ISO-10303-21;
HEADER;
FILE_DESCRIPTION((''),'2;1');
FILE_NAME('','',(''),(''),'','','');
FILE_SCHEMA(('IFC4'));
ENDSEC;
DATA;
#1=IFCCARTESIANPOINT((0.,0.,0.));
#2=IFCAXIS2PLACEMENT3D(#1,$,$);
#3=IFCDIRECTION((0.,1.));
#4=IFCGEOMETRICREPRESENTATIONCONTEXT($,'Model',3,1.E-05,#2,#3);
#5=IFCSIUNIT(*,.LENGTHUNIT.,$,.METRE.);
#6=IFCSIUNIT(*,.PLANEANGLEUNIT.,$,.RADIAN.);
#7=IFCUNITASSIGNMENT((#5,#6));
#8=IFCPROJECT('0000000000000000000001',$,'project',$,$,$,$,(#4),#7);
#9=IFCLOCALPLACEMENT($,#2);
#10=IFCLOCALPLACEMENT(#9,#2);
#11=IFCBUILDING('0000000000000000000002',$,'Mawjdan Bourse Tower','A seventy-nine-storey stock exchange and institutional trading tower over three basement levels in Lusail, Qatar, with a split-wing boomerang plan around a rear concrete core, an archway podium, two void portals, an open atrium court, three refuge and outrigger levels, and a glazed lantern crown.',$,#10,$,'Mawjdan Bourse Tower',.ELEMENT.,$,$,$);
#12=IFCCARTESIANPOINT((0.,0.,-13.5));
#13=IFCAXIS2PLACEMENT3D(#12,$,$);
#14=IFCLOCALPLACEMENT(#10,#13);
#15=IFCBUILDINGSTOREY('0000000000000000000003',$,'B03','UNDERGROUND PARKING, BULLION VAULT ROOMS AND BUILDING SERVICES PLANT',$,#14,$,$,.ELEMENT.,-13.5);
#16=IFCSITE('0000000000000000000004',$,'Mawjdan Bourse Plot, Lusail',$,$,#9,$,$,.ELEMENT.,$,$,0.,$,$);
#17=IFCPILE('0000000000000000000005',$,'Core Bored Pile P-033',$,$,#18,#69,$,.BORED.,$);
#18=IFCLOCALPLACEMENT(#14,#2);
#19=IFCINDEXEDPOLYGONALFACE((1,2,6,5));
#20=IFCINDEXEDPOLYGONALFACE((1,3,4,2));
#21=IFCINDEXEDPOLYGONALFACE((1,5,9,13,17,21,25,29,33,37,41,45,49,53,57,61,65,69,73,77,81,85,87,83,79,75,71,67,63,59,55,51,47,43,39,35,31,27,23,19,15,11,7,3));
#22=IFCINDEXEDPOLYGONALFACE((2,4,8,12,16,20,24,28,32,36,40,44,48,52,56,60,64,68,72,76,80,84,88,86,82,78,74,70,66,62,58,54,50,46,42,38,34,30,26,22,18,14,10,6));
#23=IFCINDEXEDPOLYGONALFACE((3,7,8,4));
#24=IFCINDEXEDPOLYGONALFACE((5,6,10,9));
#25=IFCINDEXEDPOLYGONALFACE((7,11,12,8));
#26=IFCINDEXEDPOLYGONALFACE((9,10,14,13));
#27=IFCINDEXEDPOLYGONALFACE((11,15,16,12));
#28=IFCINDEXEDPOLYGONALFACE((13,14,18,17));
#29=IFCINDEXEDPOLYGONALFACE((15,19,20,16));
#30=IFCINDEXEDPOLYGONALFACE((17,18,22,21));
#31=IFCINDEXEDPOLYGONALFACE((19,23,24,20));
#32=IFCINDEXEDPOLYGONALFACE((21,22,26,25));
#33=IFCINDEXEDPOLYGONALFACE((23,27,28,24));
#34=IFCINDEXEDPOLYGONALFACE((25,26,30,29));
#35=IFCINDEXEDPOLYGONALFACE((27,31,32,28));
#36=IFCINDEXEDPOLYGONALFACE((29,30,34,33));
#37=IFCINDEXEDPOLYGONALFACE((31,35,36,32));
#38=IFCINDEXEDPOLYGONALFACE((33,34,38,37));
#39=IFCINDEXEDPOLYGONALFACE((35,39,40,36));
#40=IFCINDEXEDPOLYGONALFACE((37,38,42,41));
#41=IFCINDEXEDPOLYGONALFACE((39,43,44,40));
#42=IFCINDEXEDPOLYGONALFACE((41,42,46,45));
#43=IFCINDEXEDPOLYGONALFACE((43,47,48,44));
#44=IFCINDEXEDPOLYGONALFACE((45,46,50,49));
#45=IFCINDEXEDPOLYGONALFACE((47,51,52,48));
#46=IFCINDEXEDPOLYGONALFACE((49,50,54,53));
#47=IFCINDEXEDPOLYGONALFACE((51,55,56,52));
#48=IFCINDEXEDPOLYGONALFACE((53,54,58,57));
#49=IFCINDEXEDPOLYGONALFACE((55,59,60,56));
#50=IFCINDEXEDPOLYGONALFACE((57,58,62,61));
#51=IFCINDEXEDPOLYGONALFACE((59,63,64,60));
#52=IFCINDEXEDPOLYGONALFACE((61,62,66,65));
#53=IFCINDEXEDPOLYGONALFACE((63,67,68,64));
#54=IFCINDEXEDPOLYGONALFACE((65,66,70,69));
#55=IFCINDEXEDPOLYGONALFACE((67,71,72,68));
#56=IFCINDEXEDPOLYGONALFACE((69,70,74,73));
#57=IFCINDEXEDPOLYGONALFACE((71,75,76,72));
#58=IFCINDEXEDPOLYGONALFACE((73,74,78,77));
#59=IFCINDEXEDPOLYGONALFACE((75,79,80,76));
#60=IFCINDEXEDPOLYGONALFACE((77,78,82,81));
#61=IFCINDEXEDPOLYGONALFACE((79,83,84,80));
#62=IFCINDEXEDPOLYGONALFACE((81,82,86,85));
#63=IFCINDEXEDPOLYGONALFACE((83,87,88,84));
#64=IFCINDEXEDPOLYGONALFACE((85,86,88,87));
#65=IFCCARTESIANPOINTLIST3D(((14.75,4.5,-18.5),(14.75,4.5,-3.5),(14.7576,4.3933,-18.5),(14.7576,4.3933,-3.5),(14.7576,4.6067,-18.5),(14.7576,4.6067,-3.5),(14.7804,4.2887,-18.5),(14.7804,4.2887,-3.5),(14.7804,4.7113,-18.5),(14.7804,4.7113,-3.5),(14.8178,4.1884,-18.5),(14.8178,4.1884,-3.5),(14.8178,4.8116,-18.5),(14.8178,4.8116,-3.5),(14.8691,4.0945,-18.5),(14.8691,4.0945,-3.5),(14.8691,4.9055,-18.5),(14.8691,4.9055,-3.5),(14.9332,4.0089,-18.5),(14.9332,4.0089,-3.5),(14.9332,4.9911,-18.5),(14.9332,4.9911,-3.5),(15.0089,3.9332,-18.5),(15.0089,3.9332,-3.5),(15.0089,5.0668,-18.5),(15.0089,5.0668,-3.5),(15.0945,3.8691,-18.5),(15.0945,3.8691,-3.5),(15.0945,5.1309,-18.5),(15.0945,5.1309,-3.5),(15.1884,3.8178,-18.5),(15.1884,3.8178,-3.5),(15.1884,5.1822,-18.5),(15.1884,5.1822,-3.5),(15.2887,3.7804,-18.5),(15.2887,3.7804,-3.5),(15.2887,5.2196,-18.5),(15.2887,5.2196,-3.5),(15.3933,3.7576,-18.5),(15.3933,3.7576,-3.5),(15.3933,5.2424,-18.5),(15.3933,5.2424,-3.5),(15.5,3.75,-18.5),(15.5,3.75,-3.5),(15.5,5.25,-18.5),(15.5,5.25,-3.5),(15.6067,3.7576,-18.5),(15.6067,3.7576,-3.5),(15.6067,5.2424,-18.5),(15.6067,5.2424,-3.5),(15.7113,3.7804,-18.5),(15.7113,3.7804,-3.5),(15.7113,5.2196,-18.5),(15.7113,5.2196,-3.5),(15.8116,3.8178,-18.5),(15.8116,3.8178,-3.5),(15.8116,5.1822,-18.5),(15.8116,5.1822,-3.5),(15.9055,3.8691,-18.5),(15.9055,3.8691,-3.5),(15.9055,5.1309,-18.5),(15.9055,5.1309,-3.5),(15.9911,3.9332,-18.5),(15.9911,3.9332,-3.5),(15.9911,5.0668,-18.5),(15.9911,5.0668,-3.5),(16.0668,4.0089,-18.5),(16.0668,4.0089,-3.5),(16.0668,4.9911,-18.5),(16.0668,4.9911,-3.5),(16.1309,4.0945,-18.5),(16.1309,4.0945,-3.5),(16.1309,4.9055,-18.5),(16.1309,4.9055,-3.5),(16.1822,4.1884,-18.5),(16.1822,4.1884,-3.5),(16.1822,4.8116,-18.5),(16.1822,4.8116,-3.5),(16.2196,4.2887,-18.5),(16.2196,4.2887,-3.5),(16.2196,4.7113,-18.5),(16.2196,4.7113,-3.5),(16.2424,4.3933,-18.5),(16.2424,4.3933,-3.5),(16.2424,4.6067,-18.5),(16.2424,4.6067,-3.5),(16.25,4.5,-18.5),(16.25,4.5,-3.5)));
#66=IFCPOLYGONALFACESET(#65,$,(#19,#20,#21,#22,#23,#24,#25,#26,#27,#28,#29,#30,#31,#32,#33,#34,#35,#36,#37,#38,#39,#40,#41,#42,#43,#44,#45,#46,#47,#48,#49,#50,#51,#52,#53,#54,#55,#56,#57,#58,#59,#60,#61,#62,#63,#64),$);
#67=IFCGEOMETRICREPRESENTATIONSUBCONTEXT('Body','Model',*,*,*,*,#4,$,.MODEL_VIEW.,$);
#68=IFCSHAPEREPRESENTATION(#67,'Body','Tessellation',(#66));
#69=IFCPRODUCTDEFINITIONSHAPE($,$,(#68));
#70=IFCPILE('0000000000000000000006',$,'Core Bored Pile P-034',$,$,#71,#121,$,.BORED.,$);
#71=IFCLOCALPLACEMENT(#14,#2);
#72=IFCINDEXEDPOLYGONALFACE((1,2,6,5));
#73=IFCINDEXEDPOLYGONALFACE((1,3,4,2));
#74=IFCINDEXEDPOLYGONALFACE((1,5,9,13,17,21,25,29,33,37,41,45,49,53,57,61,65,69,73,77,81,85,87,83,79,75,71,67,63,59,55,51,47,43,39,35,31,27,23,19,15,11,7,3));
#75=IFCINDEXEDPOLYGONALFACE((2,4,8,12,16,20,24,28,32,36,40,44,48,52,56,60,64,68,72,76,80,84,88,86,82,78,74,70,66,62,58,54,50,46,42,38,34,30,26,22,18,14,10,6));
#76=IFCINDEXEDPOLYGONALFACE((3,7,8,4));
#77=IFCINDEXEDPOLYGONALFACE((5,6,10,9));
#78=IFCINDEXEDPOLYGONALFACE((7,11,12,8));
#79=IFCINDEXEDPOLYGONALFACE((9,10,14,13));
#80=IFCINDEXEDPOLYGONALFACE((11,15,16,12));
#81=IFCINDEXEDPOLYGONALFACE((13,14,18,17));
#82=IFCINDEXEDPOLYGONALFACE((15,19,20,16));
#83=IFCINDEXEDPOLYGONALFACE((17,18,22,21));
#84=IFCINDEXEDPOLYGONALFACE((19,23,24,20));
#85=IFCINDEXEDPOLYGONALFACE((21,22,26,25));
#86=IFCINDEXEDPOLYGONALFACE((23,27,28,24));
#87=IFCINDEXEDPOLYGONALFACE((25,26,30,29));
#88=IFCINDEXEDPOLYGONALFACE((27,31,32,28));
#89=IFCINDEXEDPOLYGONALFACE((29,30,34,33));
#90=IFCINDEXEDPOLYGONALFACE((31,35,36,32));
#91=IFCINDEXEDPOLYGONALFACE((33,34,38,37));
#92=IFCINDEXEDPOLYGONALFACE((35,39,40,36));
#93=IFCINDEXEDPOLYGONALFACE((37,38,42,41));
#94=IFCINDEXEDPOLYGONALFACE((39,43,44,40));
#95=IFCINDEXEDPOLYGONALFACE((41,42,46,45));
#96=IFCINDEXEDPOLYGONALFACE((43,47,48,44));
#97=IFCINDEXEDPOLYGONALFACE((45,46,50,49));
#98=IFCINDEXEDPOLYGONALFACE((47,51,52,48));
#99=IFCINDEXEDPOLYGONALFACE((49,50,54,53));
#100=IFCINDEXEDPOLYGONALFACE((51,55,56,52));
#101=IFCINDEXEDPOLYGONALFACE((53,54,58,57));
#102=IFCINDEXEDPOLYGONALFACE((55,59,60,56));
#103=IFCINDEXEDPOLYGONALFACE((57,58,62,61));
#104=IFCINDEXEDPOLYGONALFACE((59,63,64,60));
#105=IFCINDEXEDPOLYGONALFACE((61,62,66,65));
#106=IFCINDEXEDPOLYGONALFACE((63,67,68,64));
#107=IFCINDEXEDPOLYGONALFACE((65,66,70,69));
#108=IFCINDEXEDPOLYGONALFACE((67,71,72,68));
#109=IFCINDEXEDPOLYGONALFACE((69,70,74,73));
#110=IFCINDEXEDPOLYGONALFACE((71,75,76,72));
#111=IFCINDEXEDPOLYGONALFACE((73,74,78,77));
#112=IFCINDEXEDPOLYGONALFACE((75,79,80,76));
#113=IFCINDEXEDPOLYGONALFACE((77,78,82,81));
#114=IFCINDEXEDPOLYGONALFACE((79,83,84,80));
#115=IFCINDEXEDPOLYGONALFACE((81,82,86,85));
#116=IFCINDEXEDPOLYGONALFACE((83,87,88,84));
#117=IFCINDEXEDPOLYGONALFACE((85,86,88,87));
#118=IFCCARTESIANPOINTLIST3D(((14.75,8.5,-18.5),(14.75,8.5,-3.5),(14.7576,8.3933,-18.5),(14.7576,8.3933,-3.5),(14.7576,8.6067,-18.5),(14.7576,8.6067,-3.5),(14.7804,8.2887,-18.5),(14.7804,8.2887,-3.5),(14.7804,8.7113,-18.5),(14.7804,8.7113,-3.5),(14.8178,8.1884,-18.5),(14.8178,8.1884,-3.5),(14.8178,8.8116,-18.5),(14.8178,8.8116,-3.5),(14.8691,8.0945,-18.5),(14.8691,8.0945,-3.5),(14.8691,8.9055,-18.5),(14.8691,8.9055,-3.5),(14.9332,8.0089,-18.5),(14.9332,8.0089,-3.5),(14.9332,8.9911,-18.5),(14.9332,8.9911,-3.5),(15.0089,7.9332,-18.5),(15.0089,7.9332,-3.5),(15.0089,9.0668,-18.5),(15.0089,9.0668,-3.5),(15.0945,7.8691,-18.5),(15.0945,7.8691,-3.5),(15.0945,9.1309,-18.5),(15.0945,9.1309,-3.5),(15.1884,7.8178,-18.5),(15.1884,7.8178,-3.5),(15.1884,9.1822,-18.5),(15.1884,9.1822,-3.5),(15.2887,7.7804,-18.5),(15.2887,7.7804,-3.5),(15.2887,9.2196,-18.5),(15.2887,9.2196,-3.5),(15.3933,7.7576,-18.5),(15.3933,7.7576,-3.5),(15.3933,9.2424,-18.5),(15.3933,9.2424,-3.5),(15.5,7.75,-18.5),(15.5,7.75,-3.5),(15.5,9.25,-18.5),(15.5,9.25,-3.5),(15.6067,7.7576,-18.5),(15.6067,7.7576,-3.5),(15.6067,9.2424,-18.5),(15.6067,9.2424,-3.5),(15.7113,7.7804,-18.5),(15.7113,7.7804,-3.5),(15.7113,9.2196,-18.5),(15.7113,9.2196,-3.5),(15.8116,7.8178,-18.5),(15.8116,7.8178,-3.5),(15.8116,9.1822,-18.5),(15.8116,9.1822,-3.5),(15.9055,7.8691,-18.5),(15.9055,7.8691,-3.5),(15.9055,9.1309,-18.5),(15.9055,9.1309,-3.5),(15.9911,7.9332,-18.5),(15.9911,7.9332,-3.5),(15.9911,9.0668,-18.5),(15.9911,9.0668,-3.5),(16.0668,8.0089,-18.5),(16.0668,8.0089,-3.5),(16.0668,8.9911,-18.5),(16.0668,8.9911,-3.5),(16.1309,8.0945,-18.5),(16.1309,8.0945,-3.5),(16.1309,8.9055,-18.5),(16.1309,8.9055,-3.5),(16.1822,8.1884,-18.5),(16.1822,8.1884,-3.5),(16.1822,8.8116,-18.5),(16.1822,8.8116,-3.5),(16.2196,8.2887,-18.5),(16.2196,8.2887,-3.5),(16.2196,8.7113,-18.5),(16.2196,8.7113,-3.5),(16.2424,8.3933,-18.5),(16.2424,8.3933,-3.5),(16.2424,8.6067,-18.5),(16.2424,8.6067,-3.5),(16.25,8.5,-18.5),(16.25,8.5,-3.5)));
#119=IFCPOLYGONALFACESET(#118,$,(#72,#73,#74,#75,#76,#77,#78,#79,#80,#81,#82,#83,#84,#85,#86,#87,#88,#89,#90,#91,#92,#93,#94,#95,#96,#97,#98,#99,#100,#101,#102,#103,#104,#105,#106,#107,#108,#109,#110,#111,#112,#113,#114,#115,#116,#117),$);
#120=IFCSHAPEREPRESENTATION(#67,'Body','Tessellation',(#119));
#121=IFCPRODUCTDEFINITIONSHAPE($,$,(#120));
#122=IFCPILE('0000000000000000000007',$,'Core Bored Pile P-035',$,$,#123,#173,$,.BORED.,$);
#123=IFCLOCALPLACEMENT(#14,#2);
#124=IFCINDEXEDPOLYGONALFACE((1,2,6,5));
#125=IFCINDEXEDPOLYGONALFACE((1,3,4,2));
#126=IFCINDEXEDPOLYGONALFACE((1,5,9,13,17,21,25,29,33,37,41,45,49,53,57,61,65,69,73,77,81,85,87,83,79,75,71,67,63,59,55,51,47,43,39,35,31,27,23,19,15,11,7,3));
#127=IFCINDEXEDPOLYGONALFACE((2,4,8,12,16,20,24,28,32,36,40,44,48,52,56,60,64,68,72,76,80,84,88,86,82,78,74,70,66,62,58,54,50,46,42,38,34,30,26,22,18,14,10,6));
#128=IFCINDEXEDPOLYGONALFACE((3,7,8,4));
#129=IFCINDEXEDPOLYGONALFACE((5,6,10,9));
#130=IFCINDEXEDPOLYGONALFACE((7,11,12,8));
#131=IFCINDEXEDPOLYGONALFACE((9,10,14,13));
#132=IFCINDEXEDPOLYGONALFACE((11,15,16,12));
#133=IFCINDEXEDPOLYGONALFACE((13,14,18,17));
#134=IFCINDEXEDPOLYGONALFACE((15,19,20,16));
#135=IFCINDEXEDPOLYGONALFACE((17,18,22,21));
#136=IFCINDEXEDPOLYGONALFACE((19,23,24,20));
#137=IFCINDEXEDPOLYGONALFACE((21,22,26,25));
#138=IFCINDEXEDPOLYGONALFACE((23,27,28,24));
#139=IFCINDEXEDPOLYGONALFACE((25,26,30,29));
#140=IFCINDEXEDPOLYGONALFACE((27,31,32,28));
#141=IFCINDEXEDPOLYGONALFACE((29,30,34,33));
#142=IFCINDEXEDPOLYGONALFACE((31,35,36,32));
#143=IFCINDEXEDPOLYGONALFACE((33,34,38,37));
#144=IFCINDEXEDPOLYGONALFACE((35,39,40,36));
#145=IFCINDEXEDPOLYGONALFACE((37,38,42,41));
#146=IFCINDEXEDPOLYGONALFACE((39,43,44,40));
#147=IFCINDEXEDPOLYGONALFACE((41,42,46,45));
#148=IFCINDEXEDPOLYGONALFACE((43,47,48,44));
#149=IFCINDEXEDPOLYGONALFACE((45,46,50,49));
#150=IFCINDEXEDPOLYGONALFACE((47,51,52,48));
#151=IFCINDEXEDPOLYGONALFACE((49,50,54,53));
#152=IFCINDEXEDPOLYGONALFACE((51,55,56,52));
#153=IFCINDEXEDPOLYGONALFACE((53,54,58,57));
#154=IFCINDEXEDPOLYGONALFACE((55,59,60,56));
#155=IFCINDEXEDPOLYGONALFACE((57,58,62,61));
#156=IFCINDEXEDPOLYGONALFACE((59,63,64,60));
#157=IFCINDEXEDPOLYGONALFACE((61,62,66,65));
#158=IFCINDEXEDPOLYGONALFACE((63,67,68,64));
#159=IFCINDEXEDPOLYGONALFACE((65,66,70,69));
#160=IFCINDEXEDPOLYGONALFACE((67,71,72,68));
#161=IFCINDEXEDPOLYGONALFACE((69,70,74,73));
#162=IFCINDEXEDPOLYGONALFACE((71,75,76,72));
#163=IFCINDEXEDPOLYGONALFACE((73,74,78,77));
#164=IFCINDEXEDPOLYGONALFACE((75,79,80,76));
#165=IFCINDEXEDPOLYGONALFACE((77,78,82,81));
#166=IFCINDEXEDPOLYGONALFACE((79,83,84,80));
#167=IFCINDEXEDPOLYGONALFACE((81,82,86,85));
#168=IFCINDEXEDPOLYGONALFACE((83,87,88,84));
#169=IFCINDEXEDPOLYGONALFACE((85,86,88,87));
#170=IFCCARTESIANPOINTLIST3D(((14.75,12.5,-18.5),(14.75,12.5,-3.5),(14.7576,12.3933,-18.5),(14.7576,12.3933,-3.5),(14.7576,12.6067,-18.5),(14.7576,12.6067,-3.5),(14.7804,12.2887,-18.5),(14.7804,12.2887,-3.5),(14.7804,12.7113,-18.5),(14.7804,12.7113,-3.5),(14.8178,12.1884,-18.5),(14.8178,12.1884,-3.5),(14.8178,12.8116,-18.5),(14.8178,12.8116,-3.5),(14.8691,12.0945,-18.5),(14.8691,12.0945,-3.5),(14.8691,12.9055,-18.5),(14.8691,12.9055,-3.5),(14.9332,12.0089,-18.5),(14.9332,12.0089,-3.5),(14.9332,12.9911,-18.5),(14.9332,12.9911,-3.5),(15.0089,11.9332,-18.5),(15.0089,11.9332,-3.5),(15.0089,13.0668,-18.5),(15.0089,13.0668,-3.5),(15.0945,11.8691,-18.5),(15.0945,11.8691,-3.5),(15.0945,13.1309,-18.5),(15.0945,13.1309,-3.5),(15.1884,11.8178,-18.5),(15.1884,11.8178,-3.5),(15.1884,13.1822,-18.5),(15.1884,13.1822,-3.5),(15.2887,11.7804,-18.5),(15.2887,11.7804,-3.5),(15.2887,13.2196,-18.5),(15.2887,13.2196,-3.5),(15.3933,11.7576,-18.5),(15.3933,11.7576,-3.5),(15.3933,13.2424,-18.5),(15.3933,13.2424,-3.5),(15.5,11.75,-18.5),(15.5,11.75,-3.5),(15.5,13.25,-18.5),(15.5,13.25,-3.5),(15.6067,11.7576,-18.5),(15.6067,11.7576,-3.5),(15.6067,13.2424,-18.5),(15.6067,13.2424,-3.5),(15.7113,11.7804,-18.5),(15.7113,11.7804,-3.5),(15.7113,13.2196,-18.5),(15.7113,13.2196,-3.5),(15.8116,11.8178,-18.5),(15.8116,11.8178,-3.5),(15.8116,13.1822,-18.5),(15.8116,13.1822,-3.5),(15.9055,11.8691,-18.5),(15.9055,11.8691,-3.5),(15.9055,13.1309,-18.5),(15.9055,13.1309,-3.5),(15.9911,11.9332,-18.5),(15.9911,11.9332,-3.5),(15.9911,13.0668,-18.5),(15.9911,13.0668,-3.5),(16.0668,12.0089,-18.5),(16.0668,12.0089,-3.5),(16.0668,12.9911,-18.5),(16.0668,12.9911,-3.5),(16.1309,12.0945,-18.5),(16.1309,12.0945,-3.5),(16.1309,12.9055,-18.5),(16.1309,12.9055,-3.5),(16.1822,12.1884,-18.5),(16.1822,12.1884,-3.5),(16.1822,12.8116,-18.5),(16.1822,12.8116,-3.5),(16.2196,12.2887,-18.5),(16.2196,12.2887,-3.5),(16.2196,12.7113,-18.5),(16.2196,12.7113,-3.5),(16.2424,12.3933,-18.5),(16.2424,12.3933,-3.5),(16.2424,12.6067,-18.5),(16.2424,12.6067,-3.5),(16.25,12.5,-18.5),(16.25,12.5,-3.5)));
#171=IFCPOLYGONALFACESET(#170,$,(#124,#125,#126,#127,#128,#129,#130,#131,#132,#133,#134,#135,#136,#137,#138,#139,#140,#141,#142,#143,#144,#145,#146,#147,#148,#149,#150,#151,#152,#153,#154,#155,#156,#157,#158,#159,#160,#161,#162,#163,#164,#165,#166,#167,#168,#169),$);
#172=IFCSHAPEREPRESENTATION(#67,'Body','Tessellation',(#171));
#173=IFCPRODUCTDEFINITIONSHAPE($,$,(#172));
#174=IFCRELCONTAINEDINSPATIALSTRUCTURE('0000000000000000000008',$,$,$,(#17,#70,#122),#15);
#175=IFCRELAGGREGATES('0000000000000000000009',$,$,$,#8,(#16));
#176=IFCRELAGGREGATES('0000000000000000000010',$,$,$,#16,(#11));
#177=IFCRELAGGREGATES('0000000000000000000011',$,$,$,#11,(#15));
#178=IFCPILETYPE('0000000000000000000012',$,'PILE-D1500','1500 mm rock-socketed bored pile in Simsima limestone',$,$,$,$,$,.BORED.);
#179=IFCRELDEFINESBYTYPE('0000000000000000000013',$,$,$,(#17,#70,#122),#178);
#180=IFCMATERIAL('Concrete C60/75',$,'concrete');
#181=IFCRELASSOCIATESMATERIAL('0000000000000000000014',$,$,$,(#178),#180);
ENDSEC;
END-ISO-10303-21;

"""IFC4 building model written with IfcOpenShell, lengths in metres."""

from ifc_helpers import new_model, si_unit, direction, frame, origin, origin_2d, place, context, subcontext, project, spatial, circle, extrude, material, material_profile, profile_set, type_object, element, save


model = new_model("IFC4")

# Units and contexts
model_context = context("Model", 3, precision=1e-05, world=origin(), true_north=direction((0.0, 1.0)))
body_context = subcontext(model_context, "Body", "Model", "MODEL_VIEW")
ifc_project = project(units=[si_unit("LENGTHUNIT", "METRE"), si_unit("PLANEANGLEUNIT", "RADIAN")], contexts=[model_context])

# Site, building, storey
site_placement = place(None, origin())
site = spatial("IfcSite", under=ifc_project, at=site_placement, Name="Mawjdan Bourse Plot, Lusail", CompositionType="ELEMENT", RefElevation=0.0)
building_placement = place(site_placement, origin())
building = spatial("IfcBuilding", under=site, at=building_placement, Name="Mawjdan Bourse Tower", Description="A seventy-nine-storey stock exchange and institutional trading tower over three basement levels in Lusail, Qatar, with a split-wing boomerang plan around a rear concrete core, an archway podium, two void portals, an open atrium court, three refuge and outrigger levels, and a glazed lantern crown.", LongName="Mawjdan Bourse Tower", CompositionType="ELEMENT")
storey_placement = place(building_placement, frame((0.0, 0.0, -13.5)))
storey = spatial("IfcBuildingStorey", under=building, at=storey_placement, Name="B03", Description="UNDERGROUND PARKING, BULLION VAULT ROOMS AND BUILDING SERVICES PLANT", CompositionType="ELEMENT", Elevation=-13.5)

# Piles
ifc_material_1 = material(Name="Concrete C60/75", Category="concrete")
ifc_material_profile_1 = material_profile(ifc_material_1, circle(Radius=0.75, at=origin_2d()), Name="PILE-D1500")
ifc_profile_set_1 = profile_set([ifc_material_profile_1], Name="Concrete C60/75")
pile_type = type_object("IfcPileType", Name="PILE-D1500", Description="1500 mm rock-socketed bored pile in Simsima limestone", PredefinedType="BORED", material=ifc_profile_set_1)
for number, where, z_axis, x_axis, name in (
    (1, (15.5, 4.5, -3.5), (0.0, 0.0, -1.0), (1.0, 0.0, 0.0), "Core Bored Pile P-033"),
    (2, (15.5, 8.5, -3.5), (0.0, 0.0, -1.0), (1.0, 0.0, 0.0), "Core Bored Pile P-034"),
    (3, (15.5, 12.5, -3.5), (0.0, 0.0, -1.0), (1.0, 0.0, 0.0), "Core Bored Pile P-035"),
):
    element("IfcPile", number, at=place(storey_placement, frame(where, z_axis=z_axis, x_axis=x_axis)), inside=storey, type_object=pile_type, Name=name, PredefinedType="BORED", context=body_context, shape_type="SweptSolid", body=[
        extrude(circle(Radius=0.75, at=origin_2d()), origin(), (0.0, 0.0, 1.0), 15.0),
    ])

save(model, "model.ifc")
